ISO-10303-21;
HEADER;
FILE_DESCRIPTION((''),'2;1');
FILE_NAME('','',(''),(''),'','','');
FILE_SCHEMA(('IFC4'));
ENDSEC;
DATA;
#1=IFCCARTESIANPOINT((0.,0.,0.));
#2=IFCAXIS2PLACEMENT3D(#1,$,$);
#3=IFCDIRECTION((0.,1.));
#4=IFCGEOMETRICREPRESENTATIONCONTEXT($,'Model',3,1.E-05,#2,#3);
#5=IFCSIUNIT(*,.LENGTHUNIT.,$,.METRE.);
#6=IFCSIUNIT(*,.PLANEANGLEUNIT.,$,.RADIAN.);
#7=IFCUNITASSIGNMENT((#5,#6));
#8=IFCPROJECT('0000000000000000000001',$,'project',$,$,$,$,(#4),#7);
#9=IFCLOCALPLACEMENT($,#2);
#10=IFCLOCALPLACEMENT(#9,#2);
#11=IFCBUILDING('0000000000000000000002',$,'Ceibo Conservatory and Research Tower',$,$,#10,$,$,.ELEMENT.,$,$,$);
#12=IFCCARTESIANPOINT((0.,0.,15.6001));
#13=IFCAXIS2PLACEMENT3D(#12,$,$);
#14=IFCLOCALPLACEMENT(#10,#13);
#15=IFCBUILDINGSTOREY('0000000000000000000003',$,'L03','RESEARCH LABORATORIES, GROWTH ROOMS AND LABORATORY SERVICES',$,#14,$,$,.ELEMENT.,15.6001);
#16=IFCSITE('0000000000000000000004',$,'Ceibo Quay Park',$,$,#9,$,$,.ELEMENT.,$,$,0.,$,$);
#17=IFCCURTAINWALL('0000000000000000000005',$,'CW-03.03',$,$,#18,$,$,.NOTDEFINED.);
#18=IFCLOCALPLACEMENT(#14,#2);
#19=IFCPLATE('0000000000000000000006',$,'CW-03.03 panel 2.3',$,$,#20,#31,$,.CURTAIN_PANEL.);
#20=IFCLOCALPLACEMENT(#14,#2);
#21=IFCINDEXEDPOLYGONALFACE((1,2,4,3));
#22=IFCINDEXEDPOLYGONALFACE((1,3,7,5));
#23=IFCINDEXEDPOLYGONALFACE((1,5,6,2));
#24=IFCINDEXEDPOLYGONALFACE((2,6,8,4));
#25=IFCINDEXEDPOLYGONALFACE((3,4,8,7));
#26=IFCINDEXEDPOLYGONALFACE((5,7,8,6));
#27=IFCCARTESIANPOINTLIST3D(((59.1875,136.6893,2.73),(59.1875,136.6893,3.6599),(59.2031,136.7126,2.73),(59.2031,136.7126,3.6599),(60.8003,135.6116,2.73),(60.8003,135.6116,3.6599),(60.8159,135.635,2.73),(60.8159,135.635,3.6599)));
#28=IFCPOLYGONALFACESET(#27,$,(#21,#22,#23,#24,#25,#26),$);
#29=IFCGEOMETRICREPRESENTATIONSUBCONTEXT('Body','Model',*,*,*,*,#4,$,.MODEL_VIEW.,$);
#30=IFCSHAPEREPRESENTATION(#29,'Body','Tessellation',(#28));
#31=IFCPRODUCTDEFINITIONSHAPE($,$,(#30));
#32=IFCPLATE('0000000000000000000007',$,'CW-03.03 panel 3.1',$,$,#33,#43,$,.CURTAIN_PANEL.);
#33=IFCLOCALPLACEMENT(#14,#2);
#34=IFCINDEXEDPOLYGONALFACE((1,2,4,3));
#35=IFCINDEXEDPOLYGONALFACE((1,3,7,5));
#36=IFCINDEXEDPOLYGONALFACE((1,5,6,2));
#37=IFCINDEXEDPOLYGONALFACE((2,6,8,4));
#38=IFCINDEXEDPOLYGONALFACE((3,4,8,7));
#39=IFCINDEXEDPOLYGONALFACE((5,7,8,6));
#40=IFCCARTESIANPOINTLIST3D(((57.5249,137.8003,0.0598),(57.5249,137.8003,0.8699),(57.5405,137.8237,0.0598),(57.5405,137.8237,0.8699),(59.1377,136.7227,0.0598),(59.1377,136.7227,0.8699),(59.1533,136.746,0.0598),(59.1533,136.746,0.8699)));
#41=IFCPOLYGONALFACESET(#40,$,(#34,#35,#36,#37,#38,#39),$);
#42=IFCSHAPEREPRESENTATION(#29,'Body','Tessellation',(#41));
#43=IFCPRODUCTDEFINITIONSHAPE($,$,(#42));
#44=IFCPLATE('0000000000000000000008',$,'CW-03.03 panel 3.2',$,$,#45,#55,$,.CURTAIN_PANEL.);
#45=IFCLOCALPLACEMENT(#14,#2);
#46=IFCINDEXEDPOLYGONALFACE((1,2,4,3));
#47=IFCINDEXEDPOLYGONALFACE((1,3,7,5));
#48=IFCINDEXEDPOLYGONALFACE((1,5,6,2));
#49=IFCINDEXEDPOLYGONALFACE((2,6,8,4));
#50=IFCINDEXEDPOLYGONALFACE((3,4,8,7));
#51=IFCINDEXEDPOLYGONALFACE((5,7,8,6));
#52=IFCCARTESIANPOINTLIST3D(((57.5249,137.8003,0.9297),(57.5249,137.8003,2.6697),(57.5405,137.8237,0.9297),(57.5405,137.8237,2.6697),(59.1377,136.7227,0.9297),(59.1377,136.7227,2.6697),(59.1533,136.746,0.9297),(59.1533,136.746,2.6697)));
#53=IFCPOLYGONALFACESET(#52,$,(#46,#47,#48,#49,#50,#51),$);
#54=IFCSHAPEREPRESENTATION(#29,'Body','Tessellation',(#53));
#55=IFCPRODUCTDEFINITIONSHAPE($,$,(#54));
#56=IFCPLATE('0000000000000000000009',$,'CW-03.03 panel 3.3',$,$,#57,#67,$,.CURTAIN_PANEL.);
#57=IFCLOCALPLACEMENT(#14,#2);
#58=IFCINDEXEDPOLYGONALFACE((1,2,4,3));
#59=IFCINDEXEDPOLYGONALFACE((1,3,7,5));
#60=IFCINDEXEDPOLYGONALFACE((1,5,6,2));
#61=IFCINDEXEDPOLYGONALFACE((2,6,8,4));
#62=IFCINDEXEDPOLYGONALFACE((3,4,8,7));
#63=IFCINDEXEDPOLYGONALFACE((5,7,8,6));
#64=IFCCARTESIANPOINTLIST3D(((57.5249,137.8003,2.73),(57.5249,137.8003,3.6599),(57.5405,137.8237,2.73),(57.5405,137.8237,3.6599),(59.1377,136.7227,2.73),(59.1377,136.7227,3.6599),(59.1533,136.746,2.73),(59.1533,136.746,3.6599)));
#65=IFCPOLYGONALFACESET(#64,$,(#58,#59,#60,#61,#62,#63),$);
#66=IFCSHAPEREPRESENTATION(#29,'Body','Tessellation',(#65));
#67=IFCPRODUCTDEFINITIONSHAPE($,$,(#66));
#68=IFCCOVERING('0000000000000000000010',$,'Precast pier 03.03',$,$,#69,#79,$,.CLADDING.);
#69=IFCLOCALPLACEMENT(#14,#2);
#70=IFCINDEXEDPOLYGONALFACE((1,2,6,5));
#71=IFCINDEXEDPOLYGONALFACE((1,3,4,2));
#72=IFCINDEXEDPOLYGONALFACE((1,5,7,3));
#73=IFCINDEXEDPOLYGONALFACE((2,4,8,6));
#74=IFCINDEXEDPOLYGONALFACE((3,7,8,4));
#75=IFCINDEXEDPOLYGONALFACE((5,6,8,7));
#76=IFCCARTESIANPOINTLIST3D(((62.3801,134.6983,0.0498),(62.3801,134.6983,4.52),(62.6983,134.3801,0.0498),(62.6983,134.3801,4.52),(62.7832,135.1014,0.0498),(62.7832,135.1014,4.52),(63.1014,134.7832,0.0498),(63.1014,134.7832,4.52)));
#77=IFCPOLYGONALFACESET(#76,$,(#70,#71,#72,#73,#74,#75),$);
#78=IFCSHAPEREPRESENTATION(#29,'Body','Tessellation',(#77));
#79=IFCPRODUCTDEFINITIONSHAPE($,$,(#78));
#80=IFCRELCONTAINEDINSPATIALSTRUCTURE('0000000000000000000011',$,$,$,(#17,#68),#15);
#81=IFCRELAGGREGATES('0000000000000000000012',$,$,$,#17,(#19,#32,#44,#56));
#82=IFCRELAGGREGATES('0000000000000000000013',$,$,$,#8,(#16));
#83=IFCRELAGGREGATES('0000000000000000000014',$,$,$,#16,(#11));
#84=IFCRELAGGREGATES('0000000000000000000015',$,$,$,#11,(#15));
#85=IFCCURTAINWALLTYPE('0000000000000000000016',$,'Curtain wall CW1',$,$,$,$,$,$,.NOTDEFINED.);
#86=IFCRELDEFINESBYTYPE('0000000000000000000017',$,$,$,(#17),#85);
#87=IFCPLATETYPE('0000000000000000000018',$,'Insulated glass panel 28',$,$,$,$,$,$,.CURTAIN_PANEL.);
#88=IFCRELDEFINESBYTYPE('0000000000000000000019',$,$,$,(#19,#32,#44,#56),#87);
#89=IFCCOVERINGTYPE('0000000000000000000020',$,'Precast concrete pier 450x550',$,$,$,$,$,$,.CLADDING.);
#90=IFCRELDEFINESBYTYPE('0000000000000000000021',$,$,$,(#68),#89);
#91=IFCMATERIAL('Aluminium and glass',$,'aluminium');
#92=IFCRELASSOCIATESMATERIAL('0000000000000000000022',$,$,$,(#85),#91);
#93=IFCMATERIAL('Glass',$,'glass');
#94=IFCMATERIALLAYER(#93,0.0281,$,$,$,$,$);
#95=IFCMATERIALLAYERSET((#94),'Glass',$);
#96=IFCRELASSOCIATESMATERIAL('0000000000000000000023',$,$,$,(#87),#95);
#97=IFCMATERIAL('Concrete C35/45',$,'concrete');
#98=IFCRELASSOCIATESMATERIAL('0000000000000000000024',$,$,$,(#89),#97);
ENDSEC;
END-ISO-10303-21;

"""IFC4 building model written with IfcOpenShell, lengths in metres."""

from ifc_helpers import new_model, si_unit, direction, frame, origin, origin_2d, place, context, subcontext, project, spatial, rectangle, extrude, material, layer, layer_set, type_object, element, aggregate, save


model = new_model("IFC4")

# Units and contexts
model_context = context("Model", 3, precision=1e-05, world=origin(), true_north=direction((0.0, 1.0)))
body_context = subcontext(model_context, "Body", "Model", "MODEL_VIEW")
ifc_project = project(units=[si_unit("LENGTHUNIT", "METRE"), si_unit("PLANEANGLEUNIT", "RADIAN")], contexts=[model_context])

# Site, building, storey
site_placement = place(None, origin())
site = spatial("IfcSite", under=ifc_project, at=site_placement, Name="Ceibo Quay Park", CompositionType="ELEMENT", RefElevation=0.0)
building_placement = place(site_placement, origin())
building = spatial("IfcBuilding", under=site, at=building_placement, Name="Ceibo Conservatory and Research Tower", CompositionType="ELEMENT")
storey_placement = place(building_placement, frame((0.0, 0.0, 15.6001)))
storey = spatial("IfcBuildingStorey", under=building, at=storey_placement, Name="L03", Description="RESEARCH LABORATORIES, GROWTH ROOMS AND LABORATORY SERVICES", CompositionType="ELEMENT", Elevation=15.6001)

# Shared definitions
ifc_material_1 = material(Name="Concrete C35/45", Category="concrete")

# Shared definitions
ifc_material_2 = material(Name="Aluminium and glass", Category="aluminium")
curtain_wall_type = type_object("IfcCurtainWallType", Name="Curtain wall CW1", PredefinedType="NOTDEFINED", material=ifc_material_2)

# Curtain wall
curtain_wall_1_placement = place(storey_placement, origin())
curtain_wall_1 = element("IfcCurtainWall", 1, at=curtain_wall_1_placement, inside=storey, type_object=curtain_wall_type, Name="CW-03.03", PredefinedType="NOTDEFINED")

# Plates
ifc_material_3 = material(Name="Glass", Category="glass")
ifc_layer = layer(ifc_material_3, 0.0281)
ifc_layer_set = layer_set([ifc_layer], Name="Glass")
plate_type = type_object("IfcPlateType", Name="Insulated glass panel 28", PredefinedType="CURTAIN_PANEL", material=ifc_layer_set)
plate_1_placement = place(storey_placement, frame((60.0017, 136.1621, 2.73), z_axis=(0.0, 0.0, 1.0), x_axis=(-0.83147, 0.55557, 0.0)))
plate_1 = element("IfcPlate", 2, at=plate_1_placement, type_object=plate_type, Name="CW-03.03 panel 2.3", PredefinedType="CURTAIN_PANEL", context=body_context, shape_type="SweptSolid", body=[
    extrude(rectangle(XDim=1.9397, YDim=0.0281, at=origin_2d()), origin(), (0.0, 0.0, 1.0), 0.9299),
])
plate_2_placement = place(storey_placement, frame((58.3391, 137.2732, 0.0598), z_axis=(0.0, 0.0, 1.0), x_axis=(-0.83147, 0.55557, 0.0)))
plate_2 = element("IfcPlate", 3, at=plate_2_placement, type_object=plate_type, Name="CW-03.03 panel 3.1", PredefinedType="CURTAIN_PANEL", context=body_context, shape_type="SweptSolid", body=[
    extrude(rectangle(XDim=1.9397, YDim=0.0281, at=origin_2d()), origin(), (0.0, 0.0, 1.0), 0.8101),
])
plate_3_placement = place(storey_placement, frame((58.3391, 137.2732, 0.9297), z_axis=(0.0, 0.0, 1.0), x_axis=(-0.83147, 0.55557, 0.0)))
plate_3 = element("IfcPlate", 4, at=plate_3_placement, type_object=plate_type, Name="CW-03.03 panel 3.2", PredefinedType="CURTAIN_PANEL", context=body_context, shape_type="SweptSolid", body=[
    extrude(rectangle(XDim=1.9397, YDim=0.0281, at=origin_2d()), origin(), (0.0, 0.0, 1.0), 1.74),
])
plate_4_placement = place(storey_placement, frame((58.3391, 137.2732, 2.73), z_axis=(0.0, 0.0, 1.0), x_axis=(-0.83147, 0.55557, 0.0)))
plate_4 = element("IfcPlate", 5, at=plate_4_placement, type_object=plate_type, Name="CW-03.03 panel 3.3", PredefinedType="CURTAIN_PANEL", context=body_context, shape_type="SweptSolid", body=[
    extrude(rectangle(XDim=1.9397, YDim=0.0281, at=origin_2d()), origin(), (0.0, 0.0, 1.0), 0.9299),
])
aggregate(curtain_wall_1, [plate_1, plate_2, plate_3, plate_4])

# Covering
covering_type = type_object("IfcCoveringType", Name="Precast concrete pier 450x550", PredefinedType="CLADDING", material=ifc_material_1)
covering_placement = place(storey_placement, frame((62.7407, 134.7407, 0.0498), z_axis=(0.0, 0.0, 1.0), x_axis=(0.707107, 0.707107, 0.0)))
element("IfcCovering", 6, at=covering_placement, inside=storey, type_object=covering_type, Name="Precast pier 03.03", PredefinedType="CLADDING", context=body_context, shape_type="SweptSolid", body=[
    extrude(rectangle(XDim=0.5701, YDim=0.45, at=origin_2d()), origin(), (0.0, 0.0, 1.0), 4.4702),
])

save(model, "model.ifc")
